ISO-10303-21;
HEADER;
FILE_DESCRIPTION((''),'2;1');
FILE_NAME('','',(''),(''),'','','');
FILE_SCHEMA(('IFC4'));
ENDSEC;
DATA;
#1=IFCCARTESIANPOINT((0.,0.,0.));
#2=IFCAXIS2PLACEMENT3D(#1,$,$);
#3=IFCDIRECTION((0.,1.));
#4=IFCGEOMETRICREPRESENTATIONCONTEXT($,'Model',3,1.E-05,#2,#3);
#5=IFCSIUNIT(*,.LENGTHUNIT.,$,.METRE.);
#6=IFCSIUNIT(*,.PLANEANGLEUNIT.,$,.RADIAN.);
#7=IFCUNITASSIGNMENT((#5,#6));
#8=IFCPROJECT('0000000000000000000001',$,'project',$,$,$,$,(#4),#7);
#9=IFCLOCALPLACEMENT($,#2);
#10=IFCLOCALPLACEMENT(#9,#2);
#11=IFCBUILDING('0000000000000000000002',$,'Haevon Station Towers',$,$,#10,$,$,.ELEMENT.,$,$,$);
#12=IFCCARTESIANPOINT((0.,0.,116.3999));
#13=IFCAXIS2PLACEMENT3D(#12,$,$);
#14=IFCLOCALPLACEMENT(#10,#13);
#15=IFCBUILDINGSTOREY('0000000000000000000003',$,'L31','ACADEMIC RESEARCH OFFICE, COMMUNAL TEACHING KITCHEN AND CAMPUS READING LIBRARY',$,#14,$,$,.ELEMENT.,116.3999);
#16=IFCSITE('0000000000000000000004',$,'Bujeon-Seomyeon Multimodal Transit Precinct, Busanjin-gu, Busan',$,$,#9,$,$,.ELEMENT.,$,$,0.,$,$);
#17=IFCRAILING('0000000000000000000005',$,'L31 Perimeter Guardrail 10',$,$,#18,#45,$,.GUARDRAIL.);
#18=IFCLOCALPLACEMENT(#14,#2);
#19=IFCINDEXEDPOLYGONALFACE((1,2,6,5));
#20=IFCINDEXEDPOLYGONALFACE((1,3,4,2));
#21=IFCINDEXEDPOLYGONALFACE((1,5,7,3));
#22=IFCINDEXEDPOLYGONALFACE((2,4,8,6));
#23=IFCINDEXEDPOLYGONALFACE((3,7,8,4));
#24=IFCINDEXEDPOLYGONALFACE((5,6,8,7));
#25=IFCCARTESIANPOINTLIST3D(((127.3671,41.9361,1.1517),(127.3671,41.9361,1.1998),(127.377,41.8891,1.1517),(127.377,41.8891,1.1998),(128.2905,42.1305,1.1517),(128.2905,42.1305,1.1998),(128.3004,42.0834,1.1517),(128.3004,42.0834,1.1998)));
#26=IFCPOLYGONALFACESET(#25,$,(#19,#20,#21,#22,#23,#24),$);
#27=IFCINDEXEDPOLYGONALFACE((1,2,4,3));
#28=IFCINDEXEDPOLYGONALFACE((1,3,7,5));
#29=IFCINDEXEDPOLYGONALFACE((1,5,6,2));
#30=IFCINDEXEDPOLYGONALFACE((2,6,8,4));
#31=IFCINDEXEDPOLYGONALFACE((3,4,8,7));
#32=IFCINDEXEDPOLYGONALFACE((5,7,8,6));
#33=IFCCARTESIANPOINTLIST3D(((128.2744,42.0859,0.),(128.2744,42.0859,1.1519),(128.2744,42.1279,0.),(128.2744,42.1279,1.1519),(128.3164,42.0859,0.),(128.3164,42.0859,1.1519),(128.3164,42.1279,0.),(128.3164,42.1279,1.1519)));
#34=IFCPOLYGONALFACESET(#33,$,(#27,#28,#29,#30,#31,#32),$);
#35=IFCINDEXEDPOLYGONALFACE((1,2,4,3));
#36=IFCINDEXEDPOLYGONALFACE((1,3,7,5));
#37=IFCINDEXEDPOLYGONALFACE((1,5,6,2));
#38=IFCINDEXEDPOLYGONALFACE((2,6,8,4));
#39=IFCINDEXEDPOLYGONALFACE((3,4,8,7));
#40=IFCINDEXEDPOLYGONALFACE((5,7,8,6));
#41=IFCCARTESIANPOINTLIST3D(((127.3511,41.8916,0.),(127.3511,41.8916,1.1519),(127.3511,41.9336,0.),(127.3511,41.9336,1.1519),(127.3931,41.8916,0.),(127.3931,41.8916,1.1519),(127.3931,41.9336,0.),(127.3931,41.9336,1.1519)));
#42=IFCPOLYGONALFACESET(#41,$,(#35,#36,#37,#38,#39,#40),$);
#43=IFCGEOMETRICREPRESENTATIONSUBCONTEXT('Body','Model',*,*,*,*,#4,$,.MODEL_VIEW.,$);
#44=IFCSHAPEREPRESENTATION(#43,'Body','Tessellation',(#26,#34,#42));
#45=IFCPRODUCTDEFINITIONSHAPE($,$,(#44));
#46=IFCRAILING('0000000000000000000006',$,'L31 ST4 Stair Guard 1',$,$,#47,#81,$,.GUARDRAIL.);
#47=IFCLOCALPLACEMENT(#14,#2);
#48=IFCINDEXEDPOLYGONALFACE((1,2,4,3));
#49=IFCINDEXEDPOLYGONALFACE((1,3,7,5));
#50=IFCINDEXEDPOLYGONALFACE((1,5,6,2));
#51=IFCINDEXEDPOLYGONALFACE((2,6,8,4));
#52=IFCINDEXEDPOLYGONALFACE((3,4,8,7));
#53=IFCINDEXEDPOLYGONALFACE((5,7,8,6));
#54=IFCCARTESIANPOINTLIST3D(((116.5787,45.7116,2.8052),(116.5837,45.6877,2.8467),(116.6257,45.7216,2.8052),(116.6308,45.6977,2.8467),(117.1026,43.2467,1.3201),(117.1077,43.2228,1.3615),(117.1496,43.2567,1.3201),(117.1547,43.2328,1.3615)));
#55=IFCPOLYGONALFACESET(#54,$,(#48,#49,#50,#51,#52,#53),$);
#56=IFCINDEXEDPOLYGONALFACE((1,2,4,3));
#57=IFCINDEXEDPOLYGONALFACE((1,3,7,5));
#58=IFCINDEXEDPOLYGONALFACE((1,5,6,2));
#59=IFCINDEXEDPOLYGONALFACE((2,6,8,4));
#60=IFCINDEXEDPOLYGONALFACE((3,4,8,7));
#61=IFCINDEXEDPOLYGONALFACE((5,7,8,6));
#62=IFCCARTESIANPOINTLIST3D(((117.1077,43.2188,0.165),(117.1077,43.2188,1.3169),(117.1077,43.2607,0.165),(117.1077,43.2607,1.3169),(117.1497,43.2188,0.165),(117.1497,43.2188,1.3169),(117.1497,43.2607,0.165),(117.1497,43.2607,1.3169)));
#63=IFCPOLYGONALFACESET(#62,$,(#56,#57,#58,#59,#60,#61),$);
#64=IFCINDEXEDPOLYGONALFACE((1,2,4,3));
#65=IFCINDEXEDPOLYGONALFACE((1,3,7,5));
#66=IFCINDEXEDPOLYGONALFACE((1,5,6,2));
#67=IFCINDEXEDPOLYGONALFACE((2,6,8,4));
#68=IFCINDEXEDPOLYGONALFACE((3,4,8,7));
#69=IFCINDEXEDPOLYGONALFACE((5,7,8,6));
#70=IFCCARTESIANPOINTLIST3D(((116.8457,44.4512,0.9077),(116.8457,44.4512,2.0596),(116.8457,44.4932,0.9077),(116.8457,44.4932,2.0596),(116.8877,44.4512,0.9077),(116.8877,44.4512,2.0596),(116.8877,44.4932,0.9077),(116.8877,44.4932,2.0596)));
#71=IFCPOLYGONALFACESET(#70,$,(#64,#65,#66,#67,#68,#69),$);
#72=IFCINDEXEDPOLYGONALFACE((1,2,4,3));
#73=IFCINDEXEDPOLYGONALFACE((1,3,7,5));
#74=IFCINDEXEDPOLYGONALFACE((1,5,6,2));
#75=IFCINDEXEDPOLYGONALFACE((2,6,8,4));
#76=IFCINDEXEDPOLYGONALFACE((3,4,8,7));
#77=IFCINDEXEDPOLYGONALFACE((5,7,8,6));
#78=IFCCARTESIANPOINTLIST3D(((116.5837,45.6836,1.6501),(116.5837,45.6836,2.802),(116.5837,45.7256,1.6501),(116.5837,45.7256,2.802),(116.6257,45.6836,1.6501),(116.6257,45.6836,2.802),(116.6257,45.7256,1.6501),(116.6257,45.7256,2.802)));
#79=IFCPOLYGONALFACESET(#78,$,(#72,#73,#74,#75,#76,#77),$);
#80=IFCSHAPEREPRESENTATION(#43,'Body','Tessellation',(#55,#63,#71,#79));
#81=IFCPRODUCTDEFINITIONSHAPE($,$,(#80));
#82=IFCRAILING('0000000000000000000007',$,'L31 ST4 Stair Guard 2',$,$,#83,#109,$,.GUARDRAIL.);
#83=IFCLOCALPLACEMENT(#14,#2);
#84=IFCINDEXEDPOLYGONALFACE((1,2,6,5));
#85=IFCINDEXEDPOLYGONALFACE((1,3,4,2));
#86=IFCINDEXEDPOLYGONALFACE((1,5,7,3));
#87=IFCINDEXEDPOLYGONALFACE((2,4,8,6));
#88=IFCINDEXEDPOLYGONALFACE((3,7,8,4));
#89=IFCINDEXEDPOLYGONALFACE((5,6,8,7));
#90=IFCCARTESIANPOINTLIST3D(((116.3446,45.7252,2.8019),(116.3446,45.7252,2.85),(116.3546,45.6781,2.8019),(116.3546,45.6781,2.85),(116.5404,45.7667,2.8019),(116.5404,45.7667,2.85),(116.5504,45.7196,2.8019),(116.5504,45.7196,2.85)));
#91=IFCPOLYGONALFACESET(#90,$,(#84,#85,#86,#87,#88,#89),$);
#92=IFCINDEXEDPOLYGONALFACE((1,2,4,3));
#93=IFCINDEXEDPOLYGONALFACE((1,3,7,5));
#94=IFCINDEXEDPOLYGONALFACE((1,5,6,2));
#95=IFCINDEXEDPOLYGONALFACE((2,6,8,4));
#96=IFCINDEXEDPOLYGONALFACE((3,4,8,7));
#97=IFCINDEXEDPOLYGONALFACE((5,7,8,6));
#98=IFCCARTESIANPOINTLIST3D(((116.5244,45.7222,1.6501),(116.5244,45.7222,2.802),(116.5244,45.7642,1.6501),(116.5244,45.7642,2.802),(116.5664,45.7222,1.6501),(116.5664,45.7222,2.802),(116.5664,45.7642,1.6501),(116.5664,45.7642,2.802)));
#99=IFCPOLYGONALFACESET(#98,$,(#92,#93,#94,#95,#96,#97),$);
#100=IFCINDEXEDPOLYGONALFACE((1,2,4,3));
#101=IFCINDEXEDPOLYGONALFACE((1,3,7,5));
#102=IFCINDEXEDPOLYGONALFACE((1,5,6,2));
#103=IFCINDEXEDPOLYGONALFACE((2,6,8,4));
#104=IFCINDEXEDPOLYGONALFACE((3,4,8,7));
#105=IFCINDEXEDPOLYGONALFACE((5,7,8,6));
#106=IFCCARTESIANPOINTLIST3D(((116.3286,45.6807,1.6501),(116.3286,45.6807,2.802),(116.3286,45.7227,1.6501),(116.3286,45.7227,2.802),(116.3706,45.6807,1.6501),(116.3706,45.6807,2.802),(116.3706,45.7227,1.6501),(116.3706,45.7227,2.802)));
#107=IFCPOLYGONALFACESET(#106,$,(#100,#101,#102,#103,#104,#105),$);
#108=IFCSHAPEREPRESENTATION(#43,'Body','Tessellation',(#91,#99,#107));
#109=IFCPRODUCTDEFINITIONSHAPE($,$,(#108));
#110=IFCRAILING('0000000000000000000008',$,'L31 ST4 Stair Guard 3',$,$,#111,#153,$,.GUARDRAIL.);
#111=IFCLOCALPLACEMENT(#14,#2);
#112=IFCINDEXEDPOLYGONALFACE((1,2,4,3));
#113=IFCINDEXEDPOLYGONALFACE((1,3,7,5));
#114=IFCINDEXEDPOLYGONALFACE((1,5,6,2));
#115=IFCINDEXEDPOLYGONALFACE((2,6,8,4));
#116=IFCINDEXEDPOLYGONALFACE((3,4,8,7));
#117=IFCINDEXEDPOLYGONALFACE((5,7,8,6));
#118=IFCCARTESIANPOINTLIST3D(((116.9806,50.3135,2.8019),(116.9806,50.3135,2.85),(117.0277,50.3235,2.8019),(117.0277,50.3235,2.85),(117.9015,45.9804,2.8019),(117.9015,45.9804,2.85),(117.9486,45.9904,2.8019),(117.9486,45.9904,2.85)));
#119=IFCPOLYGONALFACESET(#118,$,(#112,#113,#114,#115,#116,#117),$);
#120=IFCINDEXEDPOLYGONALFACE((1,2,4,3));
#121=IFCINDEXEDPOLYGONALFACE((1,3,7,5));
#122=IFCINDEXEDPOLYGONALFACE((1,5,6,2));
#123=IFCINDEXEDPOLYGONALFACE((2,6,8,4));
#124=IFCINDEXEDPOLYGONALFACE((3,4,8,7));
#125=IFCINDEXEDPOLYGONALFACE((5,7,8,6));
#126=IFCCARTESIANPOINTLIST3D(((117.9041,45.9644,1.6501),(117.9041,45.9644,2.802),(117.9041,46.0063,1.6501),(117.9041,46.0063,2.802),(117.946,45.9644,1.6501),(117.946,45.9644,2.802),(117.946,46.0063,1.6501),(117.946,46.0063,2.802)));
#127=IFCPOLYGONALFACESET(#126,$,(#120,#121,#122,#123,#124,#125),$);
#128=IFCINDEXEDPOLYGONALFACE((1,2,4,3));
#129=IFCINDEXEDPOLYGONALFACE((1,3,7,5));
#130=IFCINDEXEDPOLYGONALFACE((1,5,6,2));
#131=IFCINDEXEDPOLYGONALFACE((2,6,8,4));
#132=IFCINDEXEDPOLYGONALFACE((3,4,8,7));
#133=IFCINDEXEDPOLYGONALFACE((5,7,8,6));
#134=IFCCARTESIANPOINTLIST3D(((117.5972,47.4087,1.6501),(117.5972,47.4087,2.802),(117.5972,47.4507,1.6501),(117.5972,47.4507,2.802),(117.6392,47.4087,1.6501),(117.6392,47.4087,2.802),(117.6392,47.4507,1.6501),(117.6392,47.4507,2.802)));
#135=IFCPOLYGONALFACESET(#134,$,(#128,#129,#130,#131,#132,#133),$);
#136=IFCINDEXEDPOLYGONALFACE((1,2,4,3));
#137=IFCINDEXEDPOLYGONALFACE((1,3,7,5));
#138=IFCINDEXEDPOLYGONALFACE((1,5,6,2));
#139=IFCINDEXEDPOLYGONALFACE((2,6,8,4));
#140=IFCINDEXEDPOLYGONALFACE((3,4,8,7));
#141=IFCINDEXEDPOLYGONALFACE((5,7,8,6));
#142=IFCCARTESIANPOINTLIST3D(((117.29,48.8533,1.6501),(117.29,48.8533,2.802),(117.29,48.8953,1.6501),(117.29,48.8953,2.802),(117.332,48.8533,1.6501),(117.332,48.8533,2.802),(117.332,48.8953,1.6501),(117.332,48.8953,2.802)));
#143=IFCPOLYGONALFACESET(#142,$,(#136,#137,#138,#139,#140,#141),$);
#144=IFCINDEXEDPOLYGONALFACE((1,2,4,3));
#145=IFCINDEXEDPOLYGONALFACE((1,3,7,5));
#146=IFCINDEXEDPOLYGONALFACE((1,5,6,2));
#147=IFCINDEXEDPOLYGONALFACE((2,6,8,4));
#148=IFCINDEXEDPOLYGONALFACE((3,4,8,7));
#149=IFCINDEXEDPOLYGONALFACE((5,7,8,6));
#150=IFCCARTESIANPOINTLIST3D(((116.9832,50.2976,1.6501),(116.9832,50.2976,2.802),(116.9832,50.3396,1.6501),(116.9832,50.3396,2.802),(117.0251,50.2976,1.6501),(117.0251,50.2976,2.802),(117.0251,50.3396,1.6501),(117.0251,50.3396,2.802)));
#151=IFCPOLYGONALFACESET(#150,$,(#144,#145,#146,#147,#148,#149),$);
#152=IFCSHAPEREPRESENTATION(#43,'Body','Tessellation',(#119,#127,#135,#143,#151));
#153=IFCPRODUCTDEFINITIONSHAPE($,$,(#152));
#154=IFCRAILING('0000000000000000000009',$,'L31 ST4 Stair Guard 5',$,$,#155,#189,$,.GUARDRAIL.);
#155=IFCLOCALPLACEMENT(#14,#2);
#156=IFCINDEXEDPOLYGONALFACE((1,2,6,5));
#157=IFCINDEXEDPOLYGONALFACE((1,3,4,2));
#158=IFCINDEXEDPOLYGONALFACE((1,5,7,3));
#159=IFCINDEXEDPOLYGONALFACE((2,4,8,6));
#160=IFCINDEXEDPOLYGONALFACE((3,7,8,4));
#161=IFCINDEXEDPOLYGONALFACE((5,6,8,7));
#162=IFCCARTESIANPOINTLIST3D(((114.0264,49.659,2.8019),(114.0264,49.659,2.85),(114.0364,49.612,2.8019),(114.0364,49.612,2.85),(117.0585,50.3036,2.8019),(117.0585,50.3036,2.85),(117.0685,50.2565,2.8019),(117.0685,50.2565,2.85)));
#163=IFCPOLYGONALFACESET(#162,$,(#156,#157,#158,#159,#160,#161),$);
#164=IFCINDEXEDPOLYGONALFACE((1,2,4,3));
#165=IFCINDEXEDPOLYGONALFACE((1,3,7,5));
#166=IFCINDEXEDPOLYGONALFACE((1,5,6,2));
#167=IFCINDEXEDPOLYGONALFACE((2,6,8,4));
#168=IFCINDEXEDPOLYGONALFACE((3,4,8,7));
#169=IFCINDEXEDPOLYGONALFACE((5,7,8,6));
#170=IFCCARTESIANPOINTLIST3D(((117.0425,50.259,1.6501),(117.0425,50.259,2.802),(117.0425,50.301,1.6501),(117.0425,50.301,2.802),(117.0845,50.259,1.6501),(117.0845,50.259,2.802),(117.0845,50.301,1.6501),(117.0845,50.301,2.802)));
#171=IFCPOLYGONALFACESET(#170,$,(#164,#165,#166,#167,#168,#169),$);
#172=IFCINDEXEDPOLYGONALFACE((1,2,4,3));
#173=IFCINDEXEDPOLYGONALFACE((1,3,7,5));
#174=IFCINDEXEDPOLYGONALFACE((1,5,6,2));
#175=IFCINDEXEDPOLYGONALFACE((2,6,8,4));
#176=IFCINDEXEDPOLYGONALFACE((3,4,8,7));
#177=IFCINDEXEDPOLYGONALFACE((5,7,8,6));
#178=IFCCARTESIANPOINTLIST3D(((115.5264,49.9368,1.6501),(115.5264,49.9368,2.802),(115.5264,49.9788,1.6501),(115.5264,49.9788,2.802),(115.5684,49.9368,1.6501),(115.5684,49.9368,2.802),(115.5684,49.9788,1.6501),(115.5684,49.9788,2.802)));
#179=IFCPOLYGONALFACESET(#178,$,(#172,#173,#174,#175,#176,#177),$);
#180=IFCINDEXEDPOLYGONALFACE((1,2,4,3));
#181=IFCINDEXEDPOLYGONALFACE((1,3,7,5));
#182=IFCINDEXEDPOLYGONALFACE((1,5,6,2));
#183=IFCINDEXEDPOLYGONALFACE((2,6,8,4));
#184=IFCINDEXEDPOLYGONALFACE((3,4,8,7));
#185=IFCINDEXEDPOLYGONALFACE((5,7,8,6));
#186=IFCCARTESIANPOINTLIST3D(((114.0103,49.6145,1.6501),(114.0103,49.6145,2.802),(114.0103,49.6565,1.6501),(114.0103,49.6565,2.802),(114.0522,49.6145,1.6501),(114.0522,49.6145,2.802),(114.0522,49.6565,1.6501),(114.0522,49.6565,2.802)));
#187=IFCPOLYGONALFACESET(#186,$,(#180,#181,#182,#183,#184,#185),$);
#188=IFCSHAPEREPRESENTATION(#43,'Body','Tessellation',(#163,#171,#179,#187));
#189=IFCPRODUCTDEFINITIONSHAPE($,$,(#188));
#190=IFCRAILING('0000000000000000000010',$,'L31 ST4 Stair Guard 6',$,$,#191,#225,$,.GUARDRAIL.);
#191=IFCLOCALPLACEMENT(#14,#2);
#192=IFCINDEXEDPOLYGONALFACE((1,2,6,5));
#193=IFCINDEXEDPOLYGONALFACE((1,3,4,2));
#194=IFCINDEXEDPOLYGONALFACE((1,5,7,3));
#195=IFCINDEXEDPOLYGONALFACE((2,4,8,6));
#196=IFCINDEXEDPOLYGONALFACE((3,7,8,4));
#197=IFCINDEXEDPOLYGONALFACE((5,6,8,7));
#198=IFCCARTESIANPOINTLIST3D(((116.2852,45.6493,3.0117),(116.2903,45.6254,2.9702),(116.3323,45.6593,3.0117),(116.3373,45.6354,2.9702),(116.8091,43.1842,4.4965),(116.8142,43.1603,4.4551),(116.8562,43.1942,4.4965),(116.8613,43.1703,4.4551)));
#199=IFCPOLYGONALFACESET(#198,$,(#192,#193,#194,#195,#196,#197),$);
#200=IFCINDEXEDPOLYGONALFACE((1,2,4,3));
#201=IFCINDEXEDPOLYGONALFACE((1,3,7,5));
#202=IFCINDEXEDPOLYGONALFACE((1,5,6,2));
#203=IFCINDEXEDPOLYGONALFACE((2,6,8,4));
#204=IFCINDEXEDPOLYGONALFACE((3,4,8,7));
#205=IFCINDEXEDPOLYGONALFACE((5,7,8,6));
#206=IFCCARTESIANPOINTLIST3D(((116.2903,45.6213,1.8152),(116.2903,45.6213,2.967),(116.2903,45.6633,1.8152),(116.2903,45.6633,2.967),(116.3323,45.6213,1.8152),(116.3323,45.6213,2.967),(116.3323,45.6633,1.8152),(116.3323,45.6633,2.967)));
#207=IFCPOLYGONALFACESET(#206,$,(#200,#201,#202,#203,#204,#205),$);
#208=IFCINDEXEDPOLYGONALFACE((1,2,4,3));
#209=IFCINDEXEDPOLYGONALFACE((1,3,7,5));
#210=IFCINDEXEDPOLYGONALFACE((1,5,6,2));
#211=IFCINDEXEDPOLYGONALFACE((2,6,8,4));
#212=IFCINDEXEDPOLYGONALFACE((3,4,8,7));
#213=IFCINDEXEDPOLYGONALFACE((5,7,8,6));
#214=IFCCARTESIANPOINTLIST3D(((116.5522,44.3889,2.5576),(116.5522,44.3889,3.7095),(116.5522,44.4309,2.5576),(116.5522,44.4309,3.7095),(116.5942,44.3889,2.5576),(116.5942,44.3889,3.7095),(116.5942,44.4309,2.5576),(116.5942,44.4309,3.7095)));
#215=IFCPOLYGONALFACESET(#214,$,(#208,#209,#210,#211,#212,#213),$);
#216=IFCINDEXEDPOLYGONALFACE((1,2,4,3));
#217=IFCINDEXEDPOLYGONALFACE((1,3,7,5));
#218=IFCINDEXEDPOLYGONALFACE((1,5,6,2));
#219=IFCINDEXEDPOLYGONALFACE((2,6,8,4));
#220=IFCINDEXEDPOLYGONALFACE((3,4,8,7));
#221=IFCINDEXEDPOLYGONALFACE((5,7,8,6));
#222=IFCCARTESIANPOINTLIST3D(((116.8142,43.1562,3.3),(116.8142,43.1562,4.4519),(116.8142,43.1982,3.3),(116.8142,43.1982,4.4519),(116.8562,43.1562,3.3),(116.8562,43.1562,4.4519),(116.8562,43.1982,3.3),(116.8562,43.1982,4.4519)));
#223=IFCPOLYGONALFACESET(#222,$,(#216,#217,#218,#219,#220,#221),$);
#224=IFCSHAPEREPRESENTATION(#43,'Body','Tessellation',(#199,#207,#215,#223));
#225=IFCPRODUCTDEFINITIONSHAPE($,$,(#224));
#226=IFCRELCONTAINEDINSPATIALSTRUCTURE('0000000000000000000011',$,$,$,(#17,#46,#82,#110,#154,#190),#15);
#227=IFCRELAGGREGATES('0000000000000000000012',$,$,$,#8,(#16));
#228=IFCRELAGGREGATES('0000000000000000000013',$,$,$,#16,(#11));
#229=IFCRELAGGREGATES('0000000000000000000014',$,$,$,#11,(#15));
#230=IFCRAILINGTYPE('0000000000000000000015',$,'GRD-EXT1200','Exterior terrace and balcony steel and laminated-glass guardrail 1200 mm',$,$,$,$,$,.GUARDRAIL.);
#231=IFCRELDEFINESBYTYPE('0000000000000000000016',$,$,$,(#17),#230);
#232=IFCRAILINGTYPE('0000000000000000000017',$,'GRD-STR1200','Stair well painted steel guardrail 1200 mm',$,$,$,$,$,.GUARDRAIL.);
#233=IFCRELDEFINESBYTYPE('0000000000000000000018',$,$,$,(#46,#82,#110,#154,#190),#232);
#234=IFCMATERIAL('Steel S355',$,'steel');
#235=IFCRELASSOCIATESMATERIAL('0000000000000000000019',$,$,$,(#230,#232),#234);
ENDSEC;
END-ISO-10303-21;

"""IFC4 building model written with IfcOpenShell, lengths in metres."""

from ifc_helpers import new_model, si_unit, direction, frame, origin, origin_2d, place, context, subcontext, project, spatial, rectangle, extrude, material, type_object, element, save


model = new_model("IFC4")

# Units and contexts
model_context = context("Model", 3, precision=1e-05, world=origin(), true_north=direction((0.0, 1.0)))
body_context = subcontext(model_context, "Body", "Model", "MODEL_VIEW")
ifc_project = project(units=[si_unit("LENGTHUNIT", "METRE"), si_unit("PLANEANGLEUNIT", "RADIAN")], contexts=[model_context])

# Site, building, storey
site_placement = place(None, origin())
site = spatial("IfcSite", under=ifc_project, at=site_placement, Name="Bujeon-Seomyeon Multimodal Transit Precinct, Busanjin-gu, Busan", CompositionType="ELEMENT", RefElevation=0.0)
building_placement = place(site_placement, origin())
building = spatial("IfcBuilding", under=site, at=building_placement, Name="Haevon Station Towers", CompositionType="ELEMENT")
storey_placement = place(building_placement, frame((0.0, 0.0, 116.3999)))
storey = spatial("IfcBuildingStorey", under=building, at=storey_placement, Name="L31", Description="ACADEMIC RESEARCH OFFICE, COMMUNAL TEACHING KITCHEN AND CAMPUS READING LIBRARY", CompositionType="ELEMENT", Elevation=116.3999)

# Shared definitions
ifc_material_1 = material(Name="Steel S355", Category="steel")

# Railings
railing_type_1 = type_object("IfcRailingType", Name="GRD-EXT1200", Description="Exterior terrace and balcony steel and laminated-glass guardrail 1200 mm", PredefinedType="GUARDRAIL", material=ifc_material_1)
railing_1_placement = place(storey_placement, frame((128.2954, 42.1069, 0.0)))
element("IfcRailing", 1, at=railing_1_placement, inside=storey, type_object=railing_type_1, Name="L31 Perimeter Guardrail 10", PredefinedType="GUARDRAIL", context=body_context, shape_type="SweptSolid", body=[
    extrude(rectangle(XDim=0.0481, YDim=0.0481, at=origin_2d()), frame((0.0, 0.0, 1.1758), z_axis=(-0.978561, -0.205958, 0.0), x_axis=(0.205958, -0.978561, 0.0)), (0.0, 0.0, 1.0), 0.9436),
    extrude(rectangle(XDim=0.042, YDim=0.042, at=origin_2d()), origin(), (0.0, 0.0, 1.0), 1.1519),
    extrude(rectangle(XDim=0.042, YDim=0.042, at=origin_2d()), frame((-0.9233, -0.1943, 0.0)), (0.0, 0.0, 1.0), 1.1519),
])
railing_type_2 = type_object("IfcRailingType", Name="GRD-STR1200", Description="Stair well painted steel guardrail 1200 mm", PredefinedType="GUARDRAIL", material=ifc_material_1)
railing_2_placement = place(storey_placement, frame((117.1287, 43.2397, 0.165)))
element("IfcRailing", 2, at=railing_2_placement, inside=storey, type_object=railing_type_2, Name="L31 ST4 Stair Guard 1", PredefinedType="GUARDRAIL", context=body_context, shape_type="SweptSolid", body=[
    extrude(rectangle(XDim=0.0481, YDim=0.0481, at=origin_2d()), frame((0.0, 0.0, 1.1758), z_axis=(-0.179121, 0.842688, 0.507733), x_axis=(-0.978147, -0.207914, 0.0)), (0.0, 0.0, 1.0), 2.925),
    extrude(rectangle(XDim=0.042, YDim=0.042, at=origin_2d()), origin(), (0.0, 0.0, 1.0), 1.1519),
    extrude(rectangle(XDim=0.042, YDim=0.042, at=origin_2d()), frame((-0.262, 1.2324, 0.7427)), (0.0, 0.0, 1.0), 1.1519),
    extrude(rectangle(XDim=0.042, YDim=0.042, at=origin_2d()), frame((-0.5239, 2.4648, 1.4851)), (0.0, 0.0, 1.0), 1.1519),
])
railing_3_placement = place(storey_placement, frame((116.5454, 45.7432, 1.6501)))
element("IfcRailing", 3, at=railing_3_placement, inside=storey, type_object=railing_type_2, Name="L31 ST4 Stair Guard 2", PredefinedType="GUARDRAIL", context=body_context, shape_type="SweptSolid", body=[
    extrude(rectangle(XDim=0.0481, YDim=0.0481, at=origin_2d()), frame((0.0, 0.0, 1.1758), z_axis=(-0.978264, -0.207363, 0.0), x_axis=(0.207363, -0.978264, 0.0)), (0.0, 0.0, 1.0), 0.2002),
    extrude(rectangle(XDim=0.042, YDim=0.042, at=origin_2d()), origin(), (0.0, 0.0, 1.0), 1.1519),
    extrude(rectangle(XDim=0.042, YDim=0.042, at=origin_2d()), frame((-0.1958, -0.0415, 0.0)), (0.0, 0.0, 1.0), 1.1519),
])
railing_4_placement = place(storey_placement, frame((117.925, 45.9854, 1.6501)))
element("IfcRailing", 4, at=railing_4_placement, inside=storey, type_object=railing_type_2, Name="L31 ST4 Stair Guard 3", PredefinedType="GUARDRAIL", context=body_context, shape_type="SweptSolid", body=[
    extrude(rectangle(XDim=0.0481, YDim=0.0481, at=origin_2d()), frame((0.0, 0.0, 1.1758), z_axis=(-0.207877, 0.978155, 0.0), x_axis=(-0.978155, -0.207877, 0.0)), (0.0, 0.0, 1.0), 4.4299),
    extrude(rectangle(XDim=0.042, YDim=0.042, at=origin_2d()), origin(), (0.0, 0.0, 1.0), 1.1519),
    extrude(rectangle(XDim=0.042, YDim=0.042, at=origin_2d()), frame((-0.3069, 1.4443, 0.0)), (0.0, 0.0, 1.0), 1.1519),
    extrude(rectangle(XDim=0.042, YDim=0.042, at=origin_2d()), frame((-0.614, 2.8889, 0.0)), (0.0, 0.0, 1.0), 1.1519),
    extrude(rectangle(XDim=0.042, YDim=0.042, at=origin_2d()), frame((-0.9209, 4.3333, 0.0)), (0.0, 0.0, 1.0), 1.1519),
])
railing_5_placement = place(storey_placement, frame((117.0635, 50.28, 1.6501)))
element("IfcRailing", 5, at=railing_5_placement, inside=storey, type_object=railing_type_2, Name="L31 ST4 Stair Guard 5", PredefinedType="GUARDRAIL", context=body_context, shape_type="SweptSolid", body=[
    extrude(rectangle(XDim=0.0481, YDim=0.0481, at=origin_2d()), frame((0.0, 0.0, 1.1758), z_axis=(-0.978147, -0.207915, 0.0), x_axis=(0.207915, -0.978147, 0.0)), (0.0, 0.0, 1.0), 3.0999),
    extrude(rectangle(XDim=0.042, YDim=0.042, at=origin_2d()), origin(), (0.0, 0.0, 1.0), 1.1519),
    extrude(rectangle(XDim=0.042, YDim=0.042, at=origin_2d()), frame((-1.5161, -0.3223, 0.0)), (0.0, 0.0, 1.0), 1.1519),
    extrude(rectangle(XDim=0.042, YDim=0.042, at=origin_2d()), frame((-3.0322, -0.6445, 0.0)), (0.0, 0.0, 1.0), 1.1519),
])
railing_6_placement = place(storey_placement, frame((116.3113, 45.6423, 1.8152)))
element("IfcRailing", 6, at=railing_6_placement, inside=storey, type_object=railing_type_2, Name="L31 ST4 Stair Guard 6", PredefinedType="GUARDRAIL", context=body_context, shape_type="SweptSolid", body=[
    extrude(rectangle(XDim=0.0481, YDim=0.0481, at=origin_2d()), frame((0.0, 0.0, 1.1758), z_axis=(0.179116, -0.842748, 0.507635), x_axis=(0.978151, 0.207895, 0.0)), (0.0, 0.0, 1.0), 2.925),
    extrude(rectangle(XDim=0.042, YDim=0.042, at=origin_2d()), origin(), (0.0, 0.0, 1.0), 1.1519),
    extrude(rectangle(XDim=0.042, YDim=0.042, at=origin_2d()), frame((0.262, -1.2324, 0.7424)), (0.0, 0.0, 1.0), 1.1519),
    extrude(rectangle(XDim=0.042, YDim=0.042, at=origin_2d()), frame((0.5239, -2.4651, 1.4849)), (0.0, 0.0, 1.0), 1.1519),
])

save(model, "model.ifc")
